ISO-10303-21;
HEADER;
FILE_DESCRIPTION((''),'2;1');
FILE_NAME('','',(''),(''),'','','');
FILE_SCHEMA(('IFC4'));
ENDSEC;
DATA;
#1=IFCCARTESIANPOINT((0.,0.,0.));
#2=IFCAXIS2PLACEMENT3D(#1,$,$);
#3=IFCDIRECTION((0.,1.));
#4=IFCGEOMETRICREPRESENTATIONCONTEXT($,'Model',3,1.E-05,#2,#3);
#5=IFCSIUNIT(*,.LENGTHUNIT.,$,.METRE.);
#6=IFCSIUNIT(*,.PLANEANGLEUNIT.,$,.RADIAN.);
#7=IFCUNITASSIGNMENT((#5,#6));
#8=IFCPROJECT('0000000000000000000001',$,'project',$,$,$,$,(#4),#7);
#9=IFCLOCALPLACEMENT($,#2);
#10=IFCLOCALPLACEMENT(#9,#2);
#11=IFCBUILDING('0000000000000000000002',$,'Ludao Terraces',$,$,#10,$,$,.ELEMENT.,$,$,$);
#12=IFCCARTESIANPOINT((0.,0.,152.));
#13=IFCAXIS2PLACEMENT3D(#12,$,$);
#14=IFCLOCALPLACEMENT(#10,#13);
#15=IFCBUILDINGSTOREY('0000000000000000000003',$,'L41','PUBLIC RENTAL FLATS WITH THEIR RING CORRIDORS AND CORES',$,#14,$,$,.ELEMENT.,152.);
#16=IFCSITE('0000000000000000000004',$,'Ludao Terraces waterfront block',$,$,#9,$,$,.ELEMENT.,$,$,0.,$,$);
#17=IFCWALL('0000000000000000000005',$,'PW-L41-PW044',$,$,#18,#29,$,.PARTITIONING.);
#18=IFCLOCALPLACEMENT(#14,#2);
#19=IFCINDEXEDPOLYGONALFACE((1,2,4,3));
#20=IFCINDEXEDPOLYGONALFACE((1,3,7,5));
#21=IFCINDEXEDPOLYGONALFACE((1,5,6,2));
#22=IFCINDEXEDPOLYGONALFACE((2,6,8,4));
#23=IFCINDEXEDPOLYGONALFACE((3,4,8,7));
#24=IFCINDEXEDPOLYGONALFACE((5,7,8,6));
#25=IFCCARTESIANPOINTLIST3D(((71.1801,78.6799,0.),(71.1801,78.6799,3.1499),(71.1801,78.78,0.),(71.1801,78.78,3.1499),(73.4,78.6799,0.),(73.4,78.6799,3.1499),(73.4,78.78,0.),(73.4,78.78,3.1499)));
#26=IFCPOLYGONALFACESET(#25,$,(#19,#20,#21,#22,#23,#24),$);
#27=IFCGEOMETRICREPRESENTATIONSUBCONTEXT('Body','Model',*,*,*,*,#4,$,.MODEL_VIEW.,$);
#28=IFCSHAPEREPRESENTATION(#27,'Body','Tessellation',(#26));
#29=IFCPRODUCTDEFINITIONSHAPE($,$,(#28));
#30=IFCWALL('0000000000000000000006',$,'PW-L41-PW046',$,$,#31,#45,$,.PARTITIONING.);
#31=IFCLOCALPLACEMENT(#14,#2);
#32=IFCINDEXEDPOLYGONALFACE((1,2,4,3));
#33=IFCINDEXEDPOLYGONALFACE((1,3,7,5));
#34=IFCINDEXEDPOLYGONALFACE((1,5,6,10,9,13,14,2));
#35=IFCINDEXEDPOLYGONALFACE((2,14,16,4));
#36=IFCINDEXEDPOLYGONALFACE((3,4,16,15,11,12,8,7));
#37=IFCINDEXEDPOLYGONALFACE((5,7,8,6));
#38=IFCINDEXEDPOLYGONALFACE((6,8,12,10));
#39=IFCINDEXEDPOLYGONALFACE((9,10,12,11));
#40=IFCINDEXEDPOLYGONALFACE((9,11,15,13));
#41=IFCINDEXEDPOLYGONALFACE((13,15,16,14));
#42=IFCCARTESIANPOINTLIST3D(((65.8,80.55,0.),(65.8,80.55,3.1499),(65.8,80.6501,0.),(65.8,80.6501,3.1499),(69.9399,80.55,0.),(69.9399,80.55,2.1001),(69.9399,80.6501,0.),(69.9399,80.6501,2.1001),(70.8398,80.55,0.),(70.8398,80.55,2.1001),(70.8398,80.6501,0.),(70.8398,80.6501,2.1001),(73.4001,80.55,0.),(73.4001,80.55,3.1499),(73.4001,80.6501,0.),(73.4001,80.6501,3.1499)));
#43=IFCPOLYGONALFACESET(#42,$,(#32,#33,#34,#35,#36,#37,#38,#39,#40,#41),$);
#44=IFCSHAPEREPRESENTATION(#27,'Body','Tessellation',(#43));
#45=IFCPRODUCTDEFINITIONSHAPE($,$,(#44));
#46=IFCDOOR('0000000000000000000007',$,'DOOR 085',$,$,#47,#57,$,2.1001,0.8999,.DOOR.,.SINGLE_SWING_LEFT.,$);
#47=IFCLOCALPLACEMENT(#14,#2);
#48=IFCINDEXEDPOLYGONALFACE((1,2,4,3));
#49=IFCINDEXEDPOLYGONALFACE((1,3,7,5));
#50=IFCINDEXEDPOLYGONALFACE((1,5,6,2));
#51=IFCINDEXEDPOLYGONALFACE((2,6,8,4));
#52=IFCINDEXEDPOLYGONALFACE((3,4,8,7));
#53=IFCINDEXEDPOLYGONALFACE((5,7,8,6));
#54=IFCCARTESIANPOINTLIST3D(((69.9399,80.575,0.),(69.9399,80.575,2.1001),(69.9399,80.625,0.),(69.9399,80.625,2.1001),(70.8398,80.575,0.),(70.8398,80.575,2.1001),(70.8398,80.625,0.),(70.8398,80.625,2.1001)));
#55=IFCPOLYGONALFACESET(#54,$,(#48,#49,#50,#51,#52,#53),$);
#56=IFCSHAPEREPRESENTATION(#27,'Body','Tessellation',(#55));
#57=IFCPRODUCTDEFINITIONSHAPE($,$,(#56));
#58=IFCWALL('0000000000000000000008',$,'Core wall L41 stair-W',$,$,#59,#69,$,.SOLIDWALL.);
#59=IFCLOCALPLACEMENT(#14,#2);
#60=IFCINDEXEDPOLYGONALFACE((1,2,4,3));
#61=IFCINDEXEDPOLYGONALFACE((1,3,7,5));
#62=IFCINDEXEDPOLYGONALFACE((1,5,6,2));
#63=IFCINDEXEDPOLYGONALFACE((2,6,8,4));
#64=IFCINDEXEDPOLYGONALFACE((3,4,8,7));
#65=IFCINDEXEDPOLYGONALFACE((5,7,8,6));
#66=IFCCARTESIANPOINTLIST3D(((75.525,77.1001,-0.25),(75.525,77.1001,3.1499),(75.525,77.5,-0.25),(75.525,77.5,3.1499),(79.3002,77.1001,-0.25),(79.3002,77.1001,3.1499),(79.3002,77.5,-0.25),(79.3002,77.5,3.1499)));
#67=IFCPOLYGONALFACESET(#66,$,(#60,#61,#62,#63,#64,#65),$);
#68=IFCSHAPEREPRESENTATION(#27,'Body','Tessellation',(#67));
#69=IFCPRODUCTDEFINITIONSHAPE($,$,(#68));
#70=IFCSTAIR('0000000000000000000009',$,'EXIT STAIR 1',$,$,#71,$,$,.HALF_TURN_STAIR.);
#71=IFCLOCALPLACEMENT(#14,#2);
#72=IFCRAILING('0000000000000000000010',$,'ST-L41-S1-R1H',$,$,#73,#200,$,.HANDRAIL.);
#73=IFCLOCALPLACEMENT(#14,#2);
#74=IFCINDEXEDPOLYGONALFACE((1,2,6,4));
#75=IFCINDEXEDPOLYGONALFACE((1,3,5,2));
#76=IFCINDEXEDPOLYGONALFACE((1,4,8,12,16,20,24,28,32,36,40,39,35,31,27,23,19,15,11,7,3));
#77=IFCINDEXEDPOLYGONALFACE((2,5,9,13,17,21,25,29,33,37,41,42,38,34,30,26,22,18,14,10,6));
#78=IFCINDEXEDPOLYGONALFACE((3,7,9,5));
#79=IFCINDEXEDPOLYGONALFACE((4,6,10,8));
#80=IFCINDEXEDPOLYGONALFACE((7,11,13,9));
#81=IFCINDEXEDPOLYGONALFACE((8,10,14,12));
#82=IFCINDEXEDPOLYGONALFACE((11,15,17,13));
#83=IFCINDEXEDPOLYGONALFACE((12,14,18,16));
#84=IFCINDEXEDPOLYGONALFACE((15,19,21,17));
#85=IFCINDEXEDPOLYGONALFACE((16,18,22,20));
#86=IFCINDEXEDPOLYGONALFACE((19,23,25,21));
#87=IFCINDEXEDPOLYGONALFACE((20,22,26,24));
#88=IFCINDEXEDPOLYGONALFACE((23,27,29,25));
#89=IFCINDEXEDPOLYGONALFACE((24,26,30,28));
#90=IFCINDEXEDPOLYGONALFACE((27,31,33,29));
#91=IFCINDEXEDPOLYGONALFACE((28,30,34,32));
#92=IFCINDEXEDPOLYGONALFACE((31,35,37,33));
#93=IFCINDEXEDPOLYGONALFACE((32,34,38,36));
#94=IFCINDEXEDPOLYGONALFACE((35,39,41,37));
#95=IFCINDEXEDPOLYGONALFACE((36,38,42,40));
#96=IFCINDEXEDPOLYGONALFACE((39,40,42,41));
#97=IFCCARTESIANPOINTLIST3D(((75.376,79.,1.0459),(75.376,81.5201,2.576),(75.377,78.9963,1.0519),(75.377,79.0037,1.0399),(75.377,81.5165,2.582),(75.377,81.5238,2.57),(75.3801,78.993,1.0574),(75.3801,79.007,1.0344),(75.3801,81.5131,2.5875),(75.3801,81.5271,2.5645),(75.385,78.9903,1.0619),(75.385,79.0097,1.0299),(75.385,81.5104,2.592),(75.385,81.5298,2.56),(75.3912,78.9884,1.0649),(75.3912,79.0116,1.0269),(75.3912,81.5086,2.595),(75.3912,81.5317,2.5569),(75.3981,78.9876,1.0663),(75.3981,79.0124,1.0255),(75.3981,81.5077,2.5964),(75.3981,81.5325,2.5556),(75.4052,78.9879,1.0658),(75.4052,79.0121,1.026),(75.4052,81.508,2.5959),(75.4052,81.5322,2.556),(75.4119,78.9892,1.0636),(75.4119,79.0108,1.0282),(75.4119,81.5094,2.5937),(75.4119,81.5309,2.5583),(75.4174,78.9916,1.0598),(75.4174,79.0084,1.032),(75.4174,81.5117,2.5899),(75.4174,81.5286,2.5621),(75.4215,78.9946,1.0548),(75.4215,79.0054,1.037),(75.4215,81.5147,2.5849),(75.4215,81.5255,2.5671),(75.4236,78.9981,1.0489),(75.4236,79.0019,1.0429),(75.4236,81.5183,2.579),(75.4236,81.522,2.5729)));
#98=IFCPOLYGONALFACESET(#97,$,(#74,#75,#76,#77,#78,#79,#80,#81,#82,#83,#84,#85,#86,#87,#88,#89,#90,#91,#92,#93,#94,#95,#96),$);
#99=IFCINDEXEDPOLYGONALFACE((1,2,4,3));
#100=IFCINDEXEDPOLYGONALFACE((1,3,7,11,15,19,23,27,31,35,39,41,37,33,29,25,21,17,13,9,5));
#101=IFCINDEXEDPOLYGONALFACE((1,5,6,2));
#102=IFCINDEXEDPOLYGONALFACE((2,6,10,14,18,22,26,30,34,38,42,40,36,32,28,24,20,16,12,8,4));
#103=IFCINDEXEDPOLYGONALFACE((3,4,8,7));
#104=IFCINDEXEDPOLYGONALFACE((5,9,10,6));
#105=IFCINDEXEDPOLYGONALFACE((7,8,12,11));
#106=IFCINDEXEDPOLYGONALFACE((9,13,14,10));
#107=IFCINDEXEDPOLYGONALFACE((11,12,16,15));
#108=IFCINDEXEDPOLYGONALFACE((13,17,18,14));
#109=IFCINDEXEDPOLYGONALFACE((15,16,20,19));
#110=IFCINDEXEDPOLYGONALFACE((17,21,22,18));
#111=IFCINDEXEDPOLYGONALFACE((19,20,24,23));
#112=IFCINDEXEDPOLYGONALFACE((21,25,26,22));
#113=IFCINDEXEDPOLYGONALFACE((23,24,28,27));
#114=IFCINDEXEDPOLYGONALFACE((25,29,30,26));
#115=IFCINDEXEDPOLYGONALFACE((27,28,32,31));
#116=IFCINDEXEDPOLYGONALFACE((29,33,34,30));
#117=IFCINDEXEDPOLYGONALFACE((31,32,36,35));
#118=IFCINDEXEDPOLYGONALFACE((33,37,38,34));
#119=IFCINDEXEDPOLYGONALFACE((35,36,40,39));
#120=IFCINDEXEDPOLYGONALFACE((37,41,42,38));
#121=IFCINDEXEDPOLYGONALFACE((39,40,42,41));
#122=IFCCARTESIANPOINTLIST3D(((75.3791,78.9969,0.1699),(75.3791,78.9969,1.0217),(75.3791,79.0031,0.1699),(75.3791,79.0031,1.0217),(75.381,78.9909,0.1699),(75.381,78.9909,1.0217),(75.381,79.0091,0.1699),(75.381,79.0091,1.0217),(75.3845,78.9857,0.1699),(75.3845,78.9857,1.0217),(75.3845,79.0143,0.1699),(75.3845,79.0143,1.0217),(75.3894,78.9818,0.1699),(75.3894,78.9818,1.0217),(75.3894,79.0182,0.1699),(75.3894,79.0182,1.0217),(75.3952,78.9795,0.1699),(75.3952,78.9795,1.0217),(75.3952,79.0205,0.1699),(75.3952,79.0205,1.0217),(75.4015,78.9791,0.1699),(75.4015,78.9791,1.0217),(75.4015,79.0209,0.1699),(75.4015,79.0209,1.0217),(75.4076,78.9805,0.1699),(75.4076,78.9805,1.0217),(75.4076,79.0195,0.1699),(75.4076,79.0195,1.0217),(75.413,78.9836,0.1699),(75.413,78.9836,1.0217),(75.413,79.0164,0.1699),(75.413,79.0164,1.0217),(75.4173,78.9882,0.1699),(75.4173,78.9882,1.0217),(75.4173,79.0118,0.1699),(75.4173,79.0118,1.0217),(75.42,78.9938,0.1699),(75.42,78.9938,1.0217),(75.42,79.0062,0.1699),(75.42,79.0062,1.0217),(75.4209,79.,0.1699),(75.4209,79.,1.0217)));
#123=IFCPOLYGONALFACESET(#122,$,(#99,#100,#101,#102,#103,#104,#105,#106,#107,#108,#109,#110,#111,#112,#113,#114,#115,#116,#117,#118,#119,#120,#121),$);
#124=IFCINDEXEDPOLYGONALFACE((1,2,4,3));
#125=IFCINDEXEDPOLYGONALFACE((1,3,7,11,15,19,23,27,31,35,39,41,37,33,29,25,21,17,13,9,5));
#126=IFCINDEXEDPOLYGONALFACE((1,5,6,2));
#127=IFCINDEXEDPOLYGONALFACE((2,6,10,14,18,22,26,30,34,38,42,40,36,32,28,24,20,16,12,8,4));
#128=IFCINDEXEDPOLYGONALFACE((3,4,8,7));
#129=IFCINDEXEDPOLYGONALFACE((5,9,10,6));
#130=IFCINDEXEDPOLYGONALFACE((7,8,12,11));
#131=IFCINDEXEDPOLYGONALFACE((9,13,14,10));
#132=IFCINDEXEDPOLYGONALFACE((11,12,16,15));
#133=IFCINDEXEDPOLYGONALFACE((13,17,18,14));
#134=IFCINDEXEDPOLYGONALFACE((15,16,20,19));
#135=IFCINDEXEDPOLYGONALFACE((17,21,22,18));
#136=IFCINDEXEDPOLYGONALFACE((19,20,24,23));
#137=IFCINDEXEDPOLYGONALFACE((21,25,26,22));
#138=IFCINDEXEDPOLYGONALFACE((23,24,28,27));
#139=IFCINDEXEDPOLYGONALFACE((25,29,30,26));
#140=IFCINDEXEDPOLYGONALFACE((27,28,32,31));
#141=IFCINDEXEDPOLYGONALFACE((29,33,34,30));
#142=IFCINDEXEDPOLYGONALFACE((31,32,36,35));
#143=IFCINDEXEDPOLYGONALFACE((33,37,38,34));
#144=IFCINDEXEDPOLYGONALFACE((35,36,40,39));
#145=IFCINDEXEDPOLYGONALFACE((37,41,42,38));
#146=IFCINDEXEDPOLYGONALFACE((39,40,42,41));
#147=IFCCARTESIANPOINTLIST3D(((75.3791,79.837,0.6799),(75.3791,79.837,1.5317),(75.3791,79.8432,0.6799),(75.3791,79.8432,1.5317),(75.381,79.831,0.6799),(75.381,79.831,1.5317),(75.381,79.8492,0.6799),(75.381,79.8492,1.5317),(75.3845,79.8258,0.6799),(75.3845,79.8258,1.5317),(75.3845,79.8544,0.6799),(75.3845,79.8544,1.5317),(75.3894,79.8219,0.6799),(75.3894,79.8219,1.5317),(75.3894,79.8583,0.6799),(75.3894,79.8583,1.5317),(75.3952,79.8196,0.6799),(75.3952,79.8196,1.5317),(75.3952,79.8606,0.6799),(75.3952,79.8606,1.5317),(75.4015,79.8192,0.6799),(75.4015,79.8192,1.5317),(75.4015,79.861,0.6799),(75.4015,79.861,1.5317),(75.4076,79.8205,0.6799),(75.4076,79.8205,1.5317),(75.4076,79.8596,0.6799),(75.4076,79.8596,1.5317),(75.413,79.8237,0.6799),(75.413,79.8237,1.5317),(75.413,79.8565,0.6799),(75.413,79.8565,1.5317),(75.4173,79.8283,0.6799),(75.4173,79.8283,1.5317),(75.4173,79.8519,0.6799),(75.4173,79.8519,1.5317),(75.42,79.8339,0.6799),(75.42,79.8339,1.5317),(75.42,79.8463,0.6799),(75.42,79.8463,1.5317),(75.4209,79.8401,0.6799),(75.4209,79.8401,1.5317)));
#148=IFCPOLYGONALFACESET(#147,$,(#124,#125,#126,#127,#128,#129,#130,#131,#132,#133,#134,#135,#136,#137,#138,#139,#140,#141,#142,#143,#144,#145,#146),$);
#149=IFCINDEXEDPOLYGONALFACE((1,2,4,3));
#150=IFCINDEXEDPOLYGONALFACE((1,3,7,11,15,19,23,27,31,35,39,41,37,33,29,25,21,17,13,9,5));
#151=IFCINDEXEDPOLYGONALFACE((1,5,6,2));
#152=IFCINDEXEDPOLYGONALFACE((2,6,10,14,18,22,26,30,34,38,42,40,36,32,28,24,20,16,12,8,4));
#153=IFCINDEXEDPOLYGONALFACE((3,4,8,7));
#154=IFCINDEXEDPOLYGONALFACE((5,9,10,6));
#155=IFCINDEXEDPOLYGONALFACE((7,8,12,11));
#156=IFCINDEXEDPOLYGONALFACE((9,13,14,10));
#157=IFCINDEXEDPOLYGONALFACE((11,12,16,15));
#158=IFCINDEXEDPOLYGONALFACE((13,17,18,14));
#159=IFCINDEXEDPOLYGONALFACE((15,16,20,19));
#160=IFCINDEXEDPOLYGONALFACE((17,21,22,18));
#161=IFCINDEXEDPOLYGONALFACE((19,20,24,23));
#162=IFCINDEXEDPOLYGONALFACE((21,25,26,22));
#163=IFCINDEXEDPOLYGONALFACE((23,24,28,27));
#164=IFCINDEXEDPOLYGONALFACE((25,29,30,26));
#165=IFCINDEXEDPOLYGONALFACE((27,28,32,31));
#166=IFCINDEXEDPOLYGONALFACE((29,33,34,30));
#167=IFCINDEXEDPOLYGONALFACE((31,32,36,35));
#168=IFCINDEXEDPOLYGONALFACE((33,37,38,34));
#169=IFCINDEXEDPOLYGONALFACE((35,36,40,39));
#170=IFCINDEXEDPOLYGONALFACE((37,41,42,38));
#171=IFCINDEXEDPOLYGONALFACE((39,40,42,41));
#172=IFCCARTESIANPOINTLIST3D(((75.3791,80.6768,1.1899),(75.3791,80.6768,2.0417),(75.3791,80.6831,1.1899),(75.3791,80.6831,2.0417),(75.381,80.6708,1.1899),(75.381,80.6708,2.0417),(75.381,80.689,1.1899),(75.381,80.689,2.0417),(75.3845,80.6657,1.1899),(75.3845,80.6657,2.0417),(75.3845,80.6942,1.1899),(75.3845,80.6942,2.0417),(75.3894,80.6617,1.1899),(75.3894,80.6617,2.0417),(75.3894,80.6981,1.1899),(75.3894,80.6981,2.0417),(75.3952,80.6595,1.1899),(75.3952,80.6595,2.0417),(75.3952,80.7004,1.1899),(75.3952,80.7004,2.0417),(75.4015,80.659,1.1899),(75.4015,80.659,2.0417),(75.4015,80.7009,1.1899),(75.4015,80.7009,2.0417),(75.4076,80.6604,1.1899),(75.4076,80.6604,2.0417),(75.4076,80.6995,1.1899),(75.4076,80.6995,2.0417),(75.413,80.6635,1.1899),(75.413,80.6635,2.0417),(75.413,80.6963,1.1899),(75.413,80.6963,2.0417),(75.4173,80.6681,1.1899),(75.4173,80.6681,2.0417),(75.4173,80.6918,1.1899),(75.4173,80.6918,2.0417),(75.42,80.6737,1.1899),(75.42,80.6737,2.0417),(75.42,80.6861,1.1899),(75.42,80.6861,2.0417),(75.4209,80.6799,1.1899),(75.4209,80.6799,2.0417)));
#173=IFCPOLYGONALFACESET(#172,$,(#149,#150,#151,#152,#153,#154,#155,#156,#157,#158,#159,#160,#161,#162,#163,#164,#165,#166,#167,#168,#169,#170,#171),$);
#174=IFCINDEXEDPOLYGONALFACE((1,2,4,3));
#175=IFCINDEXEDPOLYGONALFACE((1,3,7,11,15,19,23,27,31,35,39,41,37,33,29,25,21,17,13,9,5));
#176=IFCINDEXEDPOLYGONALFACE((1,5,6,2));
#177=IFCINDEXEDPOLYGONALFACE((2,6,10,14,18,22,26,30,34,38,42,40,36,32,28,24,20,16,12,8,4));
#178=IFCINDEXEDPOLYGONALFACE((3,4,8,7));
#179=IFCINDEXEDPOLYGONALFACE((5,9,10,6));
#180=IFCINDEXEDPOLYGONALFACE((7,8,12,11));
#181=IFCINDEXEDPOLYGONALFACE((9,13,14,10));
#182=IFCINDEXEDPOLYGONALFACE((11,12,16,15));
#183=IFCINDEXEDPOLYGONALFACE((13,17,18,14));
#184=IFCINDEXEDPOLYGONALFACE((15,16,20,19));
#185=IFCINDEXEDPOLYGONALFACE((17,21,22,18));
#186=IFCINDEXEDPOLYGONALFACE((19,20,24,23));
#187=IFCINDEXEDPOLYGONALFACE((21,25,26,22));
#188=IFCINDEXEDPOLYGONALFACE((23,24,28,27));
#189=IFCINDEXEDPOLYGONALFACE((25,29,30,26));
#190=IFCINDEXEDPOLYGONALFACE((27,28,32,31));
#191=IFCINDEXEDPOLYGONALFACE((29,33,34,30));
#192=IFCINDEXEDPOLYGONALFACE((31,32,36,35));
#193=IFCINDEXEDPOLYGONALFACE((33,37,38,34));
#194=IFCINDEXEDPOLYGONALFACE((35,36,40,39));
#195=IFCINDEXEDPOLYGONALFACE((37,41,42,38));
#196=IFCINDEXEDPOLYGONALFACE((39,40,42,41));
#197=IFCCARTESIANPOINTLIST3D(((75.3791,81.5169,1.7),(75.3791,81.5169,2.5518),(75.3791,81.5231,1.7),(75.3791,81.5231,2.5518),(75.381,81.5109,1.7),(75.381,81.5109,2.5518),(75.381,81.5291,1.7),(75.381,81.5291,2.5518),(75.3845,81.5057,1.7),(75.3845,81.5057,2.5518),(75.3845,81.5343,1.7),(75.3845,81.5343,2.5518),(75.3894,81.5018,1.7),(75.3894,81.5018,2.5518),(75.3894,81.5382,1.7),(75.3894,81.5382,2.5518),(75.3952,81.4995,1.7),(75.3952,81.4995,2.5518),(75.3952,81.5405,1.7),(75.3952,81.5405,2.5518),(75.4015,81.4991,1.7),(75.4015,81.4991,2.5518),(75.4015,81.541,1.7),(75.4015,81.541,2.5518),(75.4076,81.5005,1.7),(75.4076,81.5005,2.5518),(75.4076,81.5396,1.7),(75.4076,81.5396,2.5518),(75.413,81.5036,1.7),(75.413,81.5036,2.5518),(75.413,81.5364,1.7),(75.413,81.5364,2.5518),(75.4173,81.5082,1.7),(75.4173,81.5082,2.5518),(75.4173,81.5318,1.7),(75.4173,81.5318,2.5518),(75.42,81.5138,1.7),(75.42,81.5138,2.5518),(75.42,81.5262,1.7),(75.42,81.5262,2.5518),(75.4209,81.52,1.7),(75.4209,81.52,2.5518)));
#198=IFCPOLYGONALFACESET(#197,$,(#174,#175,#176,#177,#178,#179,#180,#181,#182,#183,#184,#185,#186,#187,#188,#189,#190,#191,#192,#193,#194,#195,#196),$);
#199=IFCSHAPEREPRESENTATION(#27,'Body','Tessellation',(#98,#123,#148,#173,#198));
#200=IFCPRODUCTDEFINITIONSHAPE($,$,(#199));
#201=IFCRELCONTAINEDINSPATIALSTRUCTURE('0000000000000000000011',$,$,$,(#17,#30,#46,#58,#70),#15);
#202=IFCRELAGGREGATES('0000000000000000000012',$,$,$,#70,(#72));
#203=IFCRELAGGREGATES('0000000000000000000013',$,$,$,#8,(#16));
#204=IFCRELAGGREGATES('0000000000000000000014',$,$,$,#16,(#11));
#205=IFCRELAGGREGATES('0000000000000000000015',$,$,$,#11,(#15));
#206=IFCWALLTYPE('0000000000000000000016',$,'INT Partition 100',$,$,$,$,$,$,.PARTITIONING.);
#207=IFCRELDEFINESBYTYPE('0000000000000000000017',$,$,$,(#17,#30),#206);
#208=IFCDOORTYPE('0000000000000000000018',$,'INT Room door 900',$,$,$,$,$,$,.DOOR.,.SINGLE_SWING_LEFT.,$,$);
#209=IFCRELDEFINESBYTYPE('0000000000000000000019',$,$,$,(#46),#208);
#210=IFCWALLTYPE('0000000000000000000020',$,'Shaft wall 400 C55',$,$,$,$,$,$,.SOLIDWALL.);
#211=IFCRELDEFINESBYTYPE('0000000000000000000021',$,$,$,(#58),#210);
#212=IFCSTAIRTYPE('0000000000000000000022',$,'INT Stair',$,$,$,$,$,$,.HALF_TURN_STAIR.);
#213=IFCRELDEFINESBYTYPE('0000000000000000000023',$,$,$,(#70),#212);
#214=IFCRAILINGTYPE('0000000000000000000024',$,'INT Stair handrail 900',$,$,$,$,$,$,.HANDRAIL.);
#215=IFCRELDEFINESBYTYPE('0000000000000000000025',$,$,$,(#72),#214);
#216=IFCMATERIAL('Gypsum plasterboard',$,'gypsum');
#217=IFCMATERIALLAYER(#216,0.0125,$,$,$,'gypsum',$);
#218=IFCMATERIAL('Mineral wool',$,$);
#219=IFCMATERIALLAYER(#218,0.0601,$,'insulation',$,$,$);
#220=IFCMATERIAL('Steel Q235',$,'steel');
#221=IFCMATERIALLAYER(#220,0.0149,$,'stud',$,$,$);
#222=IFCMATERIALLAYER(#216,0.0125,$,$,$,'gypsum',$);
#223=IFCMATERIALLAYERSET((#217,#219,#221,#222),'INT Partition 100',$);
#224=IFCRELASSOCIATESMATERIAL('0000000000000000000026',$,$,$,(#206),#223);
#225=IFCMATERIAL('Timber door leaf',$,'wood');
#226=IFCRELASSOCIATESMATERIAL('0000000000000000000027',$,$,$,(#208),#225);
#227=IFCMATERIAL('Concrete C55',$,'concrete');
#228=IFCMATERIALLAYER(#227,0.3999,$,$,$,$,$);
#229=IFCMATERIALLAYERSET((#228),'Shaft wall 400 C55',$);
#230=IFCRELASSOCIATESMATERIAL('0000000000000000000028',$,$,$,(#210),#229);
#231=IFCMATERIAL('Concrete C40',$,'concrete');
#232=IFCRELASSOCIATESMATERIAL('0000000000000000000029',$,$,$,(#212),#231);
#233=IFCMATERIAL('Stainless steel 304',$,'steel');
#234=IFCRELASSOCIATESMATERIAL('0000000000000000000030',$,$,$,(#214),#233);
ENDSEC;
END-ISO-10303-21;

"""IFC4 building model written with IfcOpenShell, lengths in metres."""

from ifc_helpers import new_model, si_unit, direction, frame, frame_2d, origin, origin_2d, place, context, subcontext, project, spatial, rectangle, circle, extrude, material, layer, layer_set, type_object, element, fill, aggregate, save


model = new_model("IFC4")

# Units and contexts
model_context = context("Model", 3, precision=1e-05, world=origin(), true_north=direction((0.0, 1.0)))
body_context = subcontext(model_context, "Body", "Model", "MODEL_VIEW")
ifc_project = project(units=[si_unit("LENGTHUNIT", "METRE"), si_unit("PLANEANGLEUNIT", "RADIAN")], contexts=[model_context])

# Site, building, storey
site_placement = place(None, origin())
site = spatial("IfcSite", under=ifc_project, at=site_placement, Name="Ludao Terraces waterfront block", CompositionType="ELEMENT", RefElevation=0.0)
building_placement = place(site_placement, origin())
building = spatial("IfcBuilding", under=site, at=building_placement, Name="Ludao Terraces", CompositionType="ELEMENT")
storey_placement = place(building_placement, frame((0.0, 0.0, 152.0)))
storey = spatial("IfcBuildingStorey", under=building, at=storey_placement, Name="L41", Description="PUBLIC RENTAL FLATS WITH THEIR RING CORRIDORS AND CORES", CompositionType="ELEMENT", Elevation=152.0)

# Shared definitions
ifc_material_1 = material(Name="Concrete C40", Category="concrete")

# Shared definitions
ifc_material_2 = material(Name="Steel Q235", Category="steel")

# Shared definitions
ifc_material_3 = material(Name="Mineral wool")

# Wall
ifc_material_4 = material(Name="Gypsum plasterboard", Category="gypsum")
ifc_layer_1 = layer(ifc_material_4, 0.0125, Category="gypsum")
ifc_layer_2 = layer(ifc_material_3, 0.0601, Name="insulation")
ifc_layer_3 = layer(ifc_material_2, 0.0149, Name="stud")
ifc_layer_4 = layer(ifc_material_4, 0.0125, Category="gypsum")
ifc_layer_set_1 = layer_set([ifc_layer_1, ifc_layer_2, ifc_layer_3, ifc_layer_4], Name="INT Partition 100")
wall_type_1 = type_object("IfcWallType", Name="INT Partition 100", PredefinedType="PARTITIONING", material=ifc_layer_set_1)
for number, where, z_axis, x_axis, name in (
    (1, (71.1802, 78.73, 0.0), (0.0, 0.0, 1.0), (1.0, 0.0, 0.0), "PW-L41-PW044"),
):
    element("IfcWall", number, at=place(storey_placement, frame(where, z_axis=z_axis, x_axis=x_axis)), inside=storey, type_object=wall_type_1, Name=name, PredefinedType="PARTITIONING", context=body_context, shape_type="SweptSolid", body=[
        extrude(rectangle(XDim=2.22, YDim=0.1001, at=frame_2d((1.1099, 0.0))), origin(), (0.0, 0.0, 1.0), 3.1499),
    ])

# Wall, opening, door
wall_1_placement = place(storey_placement, frame((65.8, 80.6001, 0.0), z_axis=(0.0, 0.0, 1.0), x_axis=(1.0, 0.0, 0.0)))
wall_1 = element("IfcWall", 2, at=wall_1_placement, inside=storey, type_object=wall_type_1, Name="PW-L41-PW046", PredefinedType="PARTITIONING", context=body_context, shape_type="SweptSolid", body=[
    extrude(rectangle(XDim=7.6001, YDim=0.1001, at=frame_2d((3.8, 0.0))), origin(), (0.0, 0.0, 1.0), 3.1499),
])
opening_1_placement = place(wall_1_placement, frame((4.1399, 0.0, 0.0)))
opening_1 = element("IfcOpeningElement", 3, at=opening_1_placement, cuts=wall_1, PredefinedType="OPENING", context=body_context, shape_type="SweptSolid", body=[
    extrude(rectangle(XDim=0.8999, YDim=2.1001, at=frame_2d((0.45, 1.05))), frame((0.0, 0.0601, 0.0), z_axis=(0.0, -1.0, 0.0), x_axis=(1.0, 0.0, 0.0)), (0.0, 0.0, 1.0), 0.1201),
])
ifc_material_5 = material(Name="Timber door leaf", Category="wood")
door_type_1 = type_object("IfcDoorType", Name="INT Room door 900", OperationType="SINGLE_SWING_LEFT", PredefinedType="DOOR", material=ifc_material_5)
door_1_placement = place(opening_1_placement, origin())
door_1 = element("IfcDoor", 4, at=door_1_placement, inside=storey, type_object=door_type_1, Name="DOOR 085", OperationType="SINGLE_SWING_LEFT", OverallHeight=2.1001, OverallWidth=0.8999, PredefinedType="DOOR", context=body_context, shape_type="SweptSolid", body=[
    extrude(rectangle(XDim=0.8999, YDim=2.1001, at=frame_2d((0.45, 1.05))), frame((0.0, 0.0249, 0.0), z_axis=(0.0, -1.0, 0.0), x_axis=(1.0, 0.0, 0.0)), (0.0, 0.0, 1.0), 0.05),
])
fill(opening_1, door_1)

# Wall
ifc_material_6 = material(Name="Concrete C55", Category="concrete")
ifc_layer_5 = layer(ifc_material_6, 0.3999)
ifc_layer_set_2 = layer_set([ifc_layer_5], Name="Shaft wall 400 C55")
wall_type_2 = type_object("IfcWallType", Name="Shaft wall 400 C55", PredefinedType="SOLIDWALL", material=ifc_layer_set_2)
wall_2_placement = place(storey_placement, frame((75.5249, 77.3, -0.25), z_axis=(0.0, 0.0, 1.0), x_axis=(1.0, 0.0, 0.0)))
element("IfcWall", 5, at=wall_2_placement, inside=storey, type_object=wall_type_2, Name="Core wall L41 stair-W", PredefinedType="SOLIDWALL", context=body_context, shape_type="SweptSolid", body=[
    extrude(rectangle(XDim=3.7751, YDim=0.3999, at=frame_2d((1.8877, 0.0))), origin(), (0.0, 0.0, 1.0), 3.3999),
])

# Stair, railing
stair_type = type_object("IfcStairType", Name="INT Stair", PredefinedType="HALF_TURN_STAIR", material=ifc_material_1)
stair_placement = place(storey_placement, origin())
stair = element("IfcStair", 6, at=stair_placement, inside=storey, type_object=stair_type, Name="EXIT STAIR 1", PredefinedType="HALF_TURN_STAIR")
ifc_material_7 = material(Name="Stainless steel 304", Category="steel")
railing_type = type_object("IfcRailingType", Name="INT Stair handrail 900", PredefinedType="HANDRAIL", material=ifc_material_7)
railing_placement = place(storey_placement, frame((75.3999, 79.0, 0.1699)))
railing = element("IfcRailing", 7, at=railing_placement, type_object=railing_type, Name="ST-L41-S1-R1H", PredefinedType="HANDRAIL", context=body_context, shape_type="SweptSolid", body=[
    extrude(circle(Radius=0.0239, at=origin_2d()), frame((0.0, 0.0, 0.876), z_axis=(0.0, 0.854785, 0.518982), x_axis=(-1.0, 0.0, 0.0)), (0.0, 0.0, 1.0), 2.9482),
    extrude(circle(Radius=0.021, at=origin_2d()), origin(), (0.0, 0.0, 1.0), 0.8518),
    extrude(circle(Radius=0.021, at=origin_2d()), frame((0.0, 0.8401, 0.51)), (0.0, 0.0, 1.0), 0.8518),
    extrude(circle(Radius=0.021, at=origin_2d()), frame((0.0, 1.6799, 1.02)), (0.0, 0.0, 1.0), 0.8518),
    extrude(circle(Radius=0.021, at=origin_2d()), frame((0.0, 2.52, 1.53)), (0.0, 0.0, 1.0), 0.8518),
])
aggregate(stair, [railing])

save(model, "model.ifc")
